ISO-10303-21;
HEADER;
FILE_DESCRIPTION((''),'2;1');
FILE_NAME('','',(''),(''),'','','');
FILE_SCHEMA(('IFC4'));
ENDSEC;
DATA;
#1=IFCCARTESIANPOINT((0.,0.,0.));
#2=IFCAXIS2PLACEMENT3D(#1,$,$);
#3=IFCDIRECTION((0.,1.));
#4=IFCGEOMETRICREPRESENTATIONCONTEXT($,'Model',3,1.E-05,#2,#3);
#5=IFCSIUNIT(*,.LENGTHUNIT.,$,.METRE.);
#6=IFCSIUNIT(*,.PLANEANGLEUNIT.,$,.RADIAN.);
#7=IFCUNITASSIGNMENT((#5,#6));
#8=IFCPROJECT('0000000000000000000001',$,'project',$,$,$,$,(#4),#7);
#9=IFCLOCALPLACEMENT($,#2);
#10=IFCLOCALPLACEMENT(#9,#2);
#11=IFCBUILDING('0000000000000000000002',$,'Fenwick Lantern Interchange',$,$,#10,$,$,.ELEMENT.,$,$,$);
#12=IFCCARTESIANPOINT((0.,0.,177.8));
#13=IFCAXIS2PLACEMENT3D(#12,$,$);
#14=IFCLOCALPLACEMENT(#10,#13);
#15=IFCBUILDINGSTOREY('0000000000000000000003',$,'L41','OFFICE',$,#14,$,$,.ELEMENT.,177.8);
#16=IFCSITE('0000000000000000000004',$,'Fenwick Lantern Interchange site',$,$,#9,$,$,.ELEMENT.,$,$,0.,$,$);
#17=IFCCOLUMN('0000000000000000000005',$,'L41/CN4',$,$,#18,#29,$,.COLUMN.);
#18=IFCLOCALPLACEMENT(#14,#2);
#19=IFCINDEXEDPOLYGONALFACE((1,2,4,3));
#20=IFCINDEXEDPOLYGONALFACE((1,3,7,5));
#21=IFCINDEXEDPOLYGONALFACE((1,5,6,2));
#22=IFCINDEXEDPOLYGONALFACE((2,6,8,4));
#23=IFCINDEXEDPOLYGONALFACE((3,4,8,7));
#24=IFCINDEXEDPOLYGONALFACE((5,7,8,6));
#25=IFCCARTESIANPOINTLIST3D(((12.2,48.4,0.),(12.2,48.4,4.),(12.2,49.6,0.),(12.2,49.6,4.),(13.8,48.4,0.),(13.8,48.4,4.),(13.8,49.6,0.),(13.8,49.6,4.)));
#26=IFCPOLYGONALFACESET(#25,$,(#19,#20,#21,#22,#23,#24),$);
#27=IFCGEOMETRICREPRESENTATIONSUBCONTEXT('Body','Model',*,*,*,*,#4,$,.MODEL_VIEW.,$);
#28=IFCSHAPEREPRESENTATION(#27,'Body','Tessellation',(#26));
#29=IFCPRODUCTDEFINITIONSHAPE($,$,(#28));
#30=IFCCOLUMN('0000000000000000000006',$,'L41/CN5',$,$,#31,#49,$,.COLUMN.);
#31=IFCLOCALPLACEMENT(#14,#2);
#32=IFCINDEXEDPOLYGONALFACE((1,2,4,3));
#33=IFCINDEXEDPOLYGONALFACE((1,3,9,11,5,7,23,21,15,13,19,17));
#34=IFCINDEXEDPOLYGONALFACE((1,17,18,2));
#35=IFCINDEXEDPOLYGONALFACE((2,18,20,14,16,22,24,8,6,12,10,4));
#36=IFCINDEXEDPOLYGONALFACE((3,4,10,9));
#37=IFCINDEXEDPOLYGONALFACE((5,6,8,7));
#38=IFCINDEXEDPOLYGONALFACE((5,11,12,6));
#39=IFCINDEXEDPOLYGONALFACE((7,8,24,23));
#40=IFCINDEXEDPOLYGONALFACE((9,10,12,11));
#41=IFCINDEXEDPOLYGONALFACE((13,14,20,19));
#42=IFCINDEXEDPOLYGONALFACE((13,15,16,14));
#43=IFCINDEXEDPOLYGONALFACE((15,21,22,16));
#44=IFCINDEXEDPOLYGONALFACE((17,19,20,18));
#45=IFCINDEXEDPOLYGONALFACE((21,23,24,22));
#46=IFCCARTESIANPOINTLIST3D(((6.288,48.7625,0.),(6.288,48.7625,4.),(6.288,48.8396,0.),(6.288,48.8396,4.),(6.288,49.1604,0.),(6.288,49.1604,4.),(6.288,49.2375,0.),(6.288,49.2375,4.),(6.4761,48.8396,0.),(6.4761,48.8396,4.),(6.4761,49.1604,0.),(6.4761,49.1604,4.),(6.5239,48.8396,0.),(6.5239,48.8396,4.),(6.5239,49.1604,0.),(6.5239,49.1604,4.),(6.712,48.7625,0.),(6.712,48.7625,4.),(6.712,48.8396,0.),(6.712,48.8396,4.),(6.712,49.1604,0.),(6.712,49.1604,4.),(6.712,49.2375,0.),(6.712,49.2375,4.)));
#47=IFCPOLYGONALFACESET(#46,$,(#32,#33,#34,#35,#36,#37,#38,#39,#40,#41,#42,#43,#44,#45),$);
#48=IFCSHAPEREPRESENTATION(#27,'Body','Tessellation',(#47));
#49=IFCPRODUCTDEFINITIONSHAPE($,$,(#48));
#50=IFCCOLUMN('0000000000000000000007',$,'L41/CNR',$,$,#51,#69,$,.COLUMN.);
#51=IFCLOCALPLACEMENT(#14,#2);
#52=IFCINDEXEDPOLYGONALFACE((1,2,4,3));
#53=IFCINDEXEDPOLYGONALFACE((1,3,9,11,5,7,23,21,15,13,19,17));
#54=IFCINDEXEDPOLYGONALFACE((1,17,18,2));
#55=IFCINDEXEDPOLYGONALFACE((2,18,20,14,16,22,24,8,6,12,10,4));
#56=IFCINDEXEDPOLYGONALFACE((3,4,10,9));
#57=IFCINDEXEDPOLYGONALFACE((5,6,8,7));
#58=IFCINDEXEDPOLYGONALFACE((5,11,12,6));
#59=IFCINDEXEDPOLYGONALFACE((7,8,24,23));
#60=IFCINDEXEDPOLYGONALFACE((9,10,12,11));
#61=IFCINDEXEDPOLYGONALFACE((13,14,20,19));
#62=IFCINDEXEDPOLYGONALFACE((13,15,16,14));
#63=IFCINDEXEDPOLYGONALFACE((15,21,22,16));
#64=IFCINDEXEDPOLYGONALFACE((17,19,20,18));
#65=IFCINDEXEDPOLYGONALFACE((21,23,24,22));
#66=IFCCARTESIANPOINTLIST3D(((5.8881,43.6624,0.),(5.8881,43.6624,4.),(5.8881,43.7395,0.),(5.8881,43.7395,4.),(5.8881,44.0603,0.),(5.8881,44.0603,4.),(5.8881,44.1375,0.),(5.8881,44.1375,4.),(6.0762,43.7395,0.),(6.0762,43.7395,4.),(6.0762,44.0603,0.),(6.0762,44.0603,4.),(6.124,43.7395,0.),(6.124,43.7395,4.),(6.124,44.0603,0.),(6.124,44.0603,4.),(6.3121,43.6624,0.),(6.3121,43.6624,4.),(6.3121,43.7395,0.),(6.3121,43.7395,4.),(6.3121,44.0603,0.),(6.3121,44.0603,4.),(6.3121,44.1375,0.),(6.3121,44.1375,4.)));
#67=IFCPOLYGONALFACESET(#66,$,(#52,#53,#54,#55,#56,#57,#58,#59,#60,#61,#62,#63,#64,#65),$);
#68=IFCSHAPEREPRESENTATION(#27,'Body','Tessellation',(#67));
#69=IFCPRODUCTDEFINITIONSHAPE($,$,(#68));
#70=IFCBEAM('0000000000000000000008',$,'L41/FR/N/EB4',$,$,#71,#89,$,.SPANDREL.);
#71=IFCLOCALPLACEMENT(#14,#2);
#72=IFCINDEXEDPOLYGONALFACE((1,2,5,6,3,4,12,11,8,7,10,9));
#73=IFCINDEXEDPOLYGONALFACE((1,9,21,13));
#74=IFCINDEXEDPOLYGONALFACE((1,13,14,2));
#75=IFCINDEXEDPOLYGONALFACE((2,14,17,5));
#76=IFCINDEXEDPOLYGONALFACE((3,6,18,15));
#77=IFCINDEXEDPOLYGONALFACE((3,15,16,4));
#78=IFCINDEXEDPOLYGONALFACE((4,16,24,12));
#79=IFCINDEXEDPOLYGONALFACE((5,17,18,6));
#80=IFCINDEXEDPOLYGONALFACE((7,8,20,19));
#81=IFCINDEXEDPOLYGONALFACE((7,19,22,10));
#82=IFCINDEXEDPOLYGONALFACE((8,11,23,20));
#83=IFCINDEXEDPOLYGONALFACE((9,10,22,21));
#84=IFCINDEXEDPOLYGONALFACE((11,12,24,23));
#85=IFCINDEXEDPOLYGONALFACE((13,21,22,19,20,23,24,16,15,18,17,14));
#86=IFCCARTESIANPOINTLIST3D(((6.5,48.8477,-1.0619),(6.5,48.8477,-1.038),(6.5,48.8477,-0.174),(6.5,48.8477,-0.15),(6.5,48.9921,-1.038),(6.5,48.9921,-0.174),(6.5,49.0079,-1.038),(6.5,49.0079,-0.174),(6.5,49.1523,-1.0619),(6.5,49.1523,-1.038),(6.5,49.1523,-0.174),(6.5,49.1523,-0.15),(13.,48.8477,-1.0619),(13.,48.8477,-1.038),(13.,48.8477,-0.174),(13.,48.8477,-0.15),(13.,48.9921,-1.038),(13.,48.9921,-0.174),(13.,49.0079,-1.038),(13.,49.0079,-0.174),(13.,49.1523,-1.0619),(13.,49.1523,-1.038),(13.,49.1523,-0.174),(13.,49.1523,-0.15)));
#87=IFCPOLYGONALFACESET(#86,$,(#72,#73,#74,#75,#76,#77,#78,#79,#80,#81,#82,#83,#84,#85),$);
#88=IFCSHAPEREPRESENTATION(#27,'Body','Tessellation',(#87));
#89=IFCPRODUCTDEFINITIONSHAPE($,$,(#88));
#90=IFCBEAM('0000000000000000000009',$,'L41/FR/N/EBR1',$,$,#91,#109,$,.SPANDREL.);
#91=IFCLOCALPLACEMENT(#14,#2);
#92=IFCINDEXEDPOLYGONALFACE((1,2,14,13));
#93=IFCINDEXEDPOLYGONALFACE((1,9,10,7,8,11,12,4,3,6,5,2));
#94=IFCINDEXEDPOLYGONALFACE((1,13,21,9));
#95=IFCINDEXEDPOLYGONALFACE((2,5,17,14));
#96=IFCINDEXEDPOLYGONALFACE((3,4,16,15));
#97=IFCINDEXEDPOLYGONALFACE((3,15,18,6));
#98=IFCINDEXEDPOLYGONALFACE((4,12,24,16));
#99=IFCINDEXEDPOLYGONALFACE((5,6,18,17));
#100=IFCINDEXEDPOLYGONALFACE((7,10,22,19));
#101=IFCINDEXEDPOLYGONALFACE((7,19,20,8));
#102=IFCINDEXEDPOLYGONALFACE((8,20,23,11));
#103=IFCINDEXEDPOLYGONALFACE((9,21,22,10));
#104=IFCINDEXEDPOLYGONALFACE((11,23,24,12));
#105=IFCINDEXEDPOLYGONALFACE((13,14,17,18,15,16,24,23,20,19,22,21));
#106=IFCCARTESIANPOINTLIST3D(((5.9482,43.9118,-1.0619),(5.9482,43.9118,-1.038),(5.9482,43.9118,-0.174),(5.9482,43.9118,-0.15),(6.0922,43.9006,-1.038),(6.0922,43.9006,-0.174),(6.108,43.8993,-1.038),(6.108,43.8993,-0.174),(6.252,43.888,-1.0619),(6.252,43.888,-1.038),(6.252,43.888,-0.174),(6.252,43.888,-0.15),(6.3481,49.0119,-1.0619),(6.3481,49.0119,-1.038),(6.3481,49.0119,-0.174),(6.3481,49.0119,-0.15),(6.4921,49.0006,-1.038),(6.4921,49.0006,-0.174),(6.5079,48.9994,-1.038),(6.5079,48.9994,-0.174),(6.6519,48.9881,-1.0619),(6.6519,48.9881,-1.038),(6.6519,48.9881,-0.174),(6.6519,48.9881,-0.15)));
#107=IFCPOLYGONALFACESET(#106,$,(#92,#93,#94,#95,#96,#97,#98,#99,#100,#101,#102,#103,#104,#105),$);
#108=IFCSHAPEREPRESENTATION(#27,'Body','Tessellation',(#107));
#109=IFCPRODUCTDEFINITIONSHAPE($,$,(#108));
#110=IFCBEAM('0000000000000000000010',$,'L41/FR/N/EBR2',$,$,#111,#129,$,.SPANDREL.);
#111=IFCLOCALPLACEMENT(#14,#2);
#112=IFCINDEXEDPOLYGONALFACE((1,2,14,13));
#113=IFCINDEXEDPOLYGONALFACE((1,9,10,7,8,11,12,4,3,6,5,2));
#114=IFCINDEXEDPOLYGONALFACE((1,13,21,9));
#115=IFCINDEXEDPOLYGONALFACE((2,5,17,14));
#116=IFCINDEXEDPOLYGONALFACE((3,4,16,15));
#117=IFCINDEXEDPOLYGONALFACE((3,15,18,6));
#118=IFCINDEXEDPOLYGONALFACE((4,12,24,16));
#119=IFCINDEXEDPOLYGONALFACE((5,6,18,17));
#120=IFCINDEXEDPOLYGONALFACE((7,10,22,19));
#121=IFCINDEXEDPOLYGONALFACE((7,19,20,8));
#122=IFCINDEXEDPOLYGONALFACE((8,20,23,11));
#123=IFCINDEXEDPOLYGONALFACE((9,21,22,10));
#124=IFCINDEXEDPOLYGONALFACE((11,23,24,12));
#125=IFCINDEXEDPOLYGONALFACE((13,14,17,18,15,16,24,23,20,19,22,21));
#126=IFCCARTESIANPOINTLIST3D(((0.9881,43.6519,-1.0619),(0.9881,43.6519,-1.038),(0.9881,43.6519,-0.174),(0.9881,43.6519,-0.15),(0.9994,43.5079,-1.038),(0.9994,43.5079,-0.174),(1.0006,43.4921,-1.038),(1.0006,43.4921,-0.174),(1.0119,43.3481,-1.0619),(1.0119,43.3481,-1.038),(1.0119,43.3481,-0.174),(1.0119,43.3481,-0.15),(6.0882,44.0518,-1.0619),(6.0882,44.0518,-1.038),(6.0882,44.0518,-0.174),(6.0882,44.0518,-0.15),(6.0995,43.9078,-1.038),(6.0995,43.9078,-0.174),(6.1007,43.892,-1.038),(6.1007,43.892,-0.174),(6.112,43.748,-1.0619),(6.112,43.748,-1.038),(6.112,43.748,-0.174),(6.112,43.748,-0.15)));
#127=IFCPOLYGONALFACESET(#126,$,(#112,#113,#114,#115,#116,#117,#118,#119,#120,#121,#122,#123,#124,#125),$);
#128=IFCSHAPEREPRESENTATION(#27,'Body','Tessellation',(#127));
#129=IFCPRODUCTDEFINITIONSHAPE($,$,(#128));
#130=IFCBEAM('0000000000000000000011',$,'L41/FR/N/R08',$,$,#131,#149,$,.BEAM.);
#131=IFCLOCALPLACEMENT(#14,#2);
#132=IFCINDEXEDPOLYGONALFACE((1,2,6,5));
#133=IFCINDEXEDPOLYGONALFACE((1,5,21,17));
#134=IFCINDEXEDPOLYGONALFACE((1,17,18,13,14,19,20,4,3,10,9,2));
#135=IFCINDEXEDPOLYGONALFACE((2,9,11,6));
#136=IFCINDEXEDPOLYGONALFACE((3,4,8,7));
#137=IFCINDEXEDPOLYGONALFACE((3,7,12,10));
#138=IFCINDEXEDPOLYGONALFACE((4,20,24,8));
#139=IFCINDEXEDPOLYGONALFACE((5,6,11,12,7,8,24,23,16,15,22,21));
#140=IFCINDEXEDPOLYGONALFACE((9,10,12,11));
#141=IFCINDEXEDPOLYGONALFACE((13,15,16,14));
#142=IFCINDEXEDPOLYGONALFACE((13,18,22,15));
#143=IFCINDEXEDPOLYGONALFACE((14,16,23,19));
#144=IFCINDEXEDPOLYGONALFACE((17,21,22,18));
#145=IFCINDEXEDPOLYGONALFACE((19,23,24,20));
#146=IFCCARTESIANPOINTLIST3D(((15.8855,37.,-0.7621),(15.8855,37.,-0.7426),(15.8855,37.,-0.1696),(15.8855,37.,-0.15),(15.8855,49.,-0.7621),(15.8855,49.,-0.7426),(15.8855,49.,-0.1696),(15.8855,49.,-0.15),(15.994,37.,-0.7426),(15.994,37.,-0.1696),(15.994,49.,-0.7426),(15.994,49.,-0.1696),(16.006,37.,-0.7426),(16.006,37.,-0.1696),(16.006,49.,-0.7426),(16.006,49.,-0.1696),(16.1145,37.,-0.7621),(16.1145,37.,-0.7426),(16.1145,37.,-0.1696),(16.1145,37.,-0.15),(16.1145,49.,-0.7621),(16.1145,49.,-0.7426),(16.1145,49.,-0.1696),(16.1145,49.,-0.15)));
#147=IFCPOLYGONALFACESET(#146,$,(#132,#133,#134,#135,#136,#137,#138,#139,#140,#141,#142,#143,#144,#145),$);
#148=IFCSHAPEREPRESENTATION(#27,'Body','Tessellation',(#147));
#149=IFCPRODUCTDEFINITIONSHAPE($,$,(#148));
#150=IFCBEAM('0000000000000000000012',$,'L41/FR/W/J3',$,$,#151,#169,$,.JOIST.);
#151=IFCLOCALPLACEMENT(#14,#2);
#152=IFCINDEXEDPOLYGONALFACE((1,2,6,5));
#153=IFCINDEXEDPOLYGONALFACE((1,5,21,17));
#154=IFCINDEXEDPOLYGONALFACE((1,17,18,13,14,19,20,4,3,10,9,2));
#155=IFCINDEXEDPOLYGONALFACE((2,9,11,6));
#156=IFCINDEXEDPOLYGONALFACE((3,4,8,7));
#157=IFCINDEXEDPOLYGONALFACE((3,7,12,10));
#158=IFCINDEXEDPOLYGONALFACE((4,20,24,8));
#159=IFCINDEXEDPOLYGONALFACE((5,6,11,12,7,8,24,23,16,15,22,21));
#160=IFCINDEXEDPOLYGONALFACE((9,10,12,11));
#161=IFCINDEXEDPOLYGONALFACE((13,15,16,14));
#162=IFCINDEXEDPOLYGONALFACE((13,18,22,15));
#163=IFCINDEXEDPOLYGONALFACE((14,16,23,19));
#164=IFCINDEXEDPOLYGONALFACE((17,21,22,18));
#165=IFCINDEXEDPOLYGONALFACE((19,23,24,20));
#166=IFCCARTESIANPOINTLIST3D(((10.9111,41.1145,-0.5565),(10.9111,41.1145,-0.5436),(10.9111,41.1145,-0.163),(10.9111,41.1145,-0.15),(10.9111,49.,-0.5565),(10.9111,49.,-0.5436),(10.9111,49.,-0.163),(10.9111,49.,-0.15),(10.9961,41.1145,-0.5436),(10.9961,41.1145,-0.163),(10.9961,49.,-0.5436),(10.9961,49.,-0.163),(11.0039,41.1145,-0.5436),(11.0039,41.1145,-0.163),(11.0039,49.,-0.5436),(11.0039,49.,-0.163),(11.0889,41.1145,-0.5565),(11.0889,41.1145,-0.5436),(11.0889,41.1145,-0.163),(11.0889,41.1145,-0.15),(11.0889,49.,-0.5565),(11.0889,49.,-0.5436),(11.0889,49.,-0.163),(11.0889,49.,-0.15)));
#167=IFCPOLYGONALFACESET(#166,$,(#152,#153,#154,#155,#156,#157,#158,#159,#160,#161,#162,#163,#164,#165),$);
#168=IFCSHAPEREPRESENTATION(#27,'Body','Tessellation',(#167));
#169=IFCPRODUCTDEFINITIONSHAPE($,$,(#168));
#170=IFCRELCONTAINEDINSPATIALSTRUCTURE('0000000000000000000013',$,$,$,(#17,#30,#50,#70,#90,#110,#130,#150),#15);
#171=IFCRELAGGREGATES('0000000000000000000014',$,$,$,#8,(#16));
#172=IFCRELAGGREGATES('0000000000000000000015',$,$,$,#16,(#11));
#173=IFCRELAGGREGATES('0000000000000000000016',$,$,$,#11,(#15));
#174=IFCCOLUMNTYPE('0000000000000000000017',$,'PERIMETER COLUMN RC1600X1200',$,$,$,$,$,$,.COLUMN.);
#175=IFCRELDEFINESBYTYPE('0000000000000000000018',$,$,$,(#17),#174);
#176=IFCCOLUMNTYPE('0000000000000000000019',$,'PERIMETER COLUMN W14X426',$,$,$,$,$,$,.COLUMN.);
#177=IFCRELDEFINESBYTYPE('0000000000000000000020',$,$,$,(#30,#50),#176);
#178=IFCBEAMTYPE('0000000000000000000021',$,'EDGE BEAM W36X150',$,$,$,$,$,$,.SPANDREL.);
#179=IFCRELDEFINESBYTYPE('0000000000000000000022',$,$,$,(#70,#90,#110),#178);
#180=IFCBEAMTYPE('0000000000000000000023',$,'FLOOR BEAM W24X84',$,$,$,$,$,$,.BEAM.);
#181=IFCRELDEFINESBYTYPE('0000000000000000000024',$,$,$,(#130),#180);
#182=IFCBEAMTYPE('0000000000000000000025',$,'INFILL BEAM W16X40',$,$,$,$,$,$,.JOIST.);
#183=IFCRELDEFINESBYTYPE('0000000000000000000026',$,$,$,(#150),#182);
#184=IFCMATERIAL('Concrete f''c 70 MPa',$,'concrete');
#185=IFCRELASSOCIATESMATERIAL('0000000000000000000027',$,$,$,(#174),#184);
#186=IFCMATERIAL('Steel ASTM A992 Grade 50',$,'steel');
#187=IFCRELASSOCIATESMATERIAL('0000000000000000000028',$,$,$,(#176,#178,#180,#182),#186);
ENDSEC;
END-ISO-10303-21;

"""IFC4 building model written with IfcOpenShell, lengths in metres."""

from ifc_helpers import new_model, si_unit, direction, frame, origin, origin_2d, place, context, subcontext, project, spatial, rectangle, i_section, extrude, material, material_profile, profile_set, type_object, element, save


model = new_model("IFC4")

# Units and contexts
model_context = context("Model", 3, precision=1e-05, world=origin(), true_north=direction((0.0, 1.0)))
body_context = subcontext(model_context, "Body", "Model", "MODEL_VIEW")
ifc_project = project(units=[si_unit("LENGTHUNIT", "METRE"), si_unit("PLANEANGLEUNIT", "RADIAN")], contexts=[model_context])

# Site, building, storey
site_placement = place(None, origin())
site = spatial("IfcSite", under=ifc_project, at=site_placement, Name="Fenwick Lantern Interchange site", CompositionType="ELEMENT", RefElevation=0.0)
building_placement = place(site_placement, origin())
building = spatial("IfcBuilding", under=site, at=building_placement, Name="Fenwick Lantern Interchange", CompositionType="ELEMENT")
storey_placement = place(building_placement, frame((0.0, 0.0, 177.8)))
storey = spatial("IfcBuildingStorey", under=building, at=storey_placement, Name="L41", Description="OFFICE", CompositionType="ELEMENT", Elevation=177.8)

# Columns
ifc_material_1 = material(Name="Concrete f'c 70 MPa", Category="concrete")
ifc_material_profile_1 = material_profile(ifc_material_1, rectangle(XDim=1.6001, YDim=1.2, at=origin_2d()), Name="RC1600X1200")
ifc_profile_set_1 = profile_set([ifc_material_profile_1], Name="Concrete f'c 70 MPa")
column_type_1 = type_object("IfcColumnType", Name="PERIMETER COLUMN RC1600X1200", PredefinedType="COLUMN", material=ifc_profile_set_1)
column_placement = place(storey_placement, frame((13.0, 49.0, 0.0), z_axis=(0.0, 0.0, 1.0), x_axis=(1.0, 0.0, 0.0)))
element("IfcColumn", 1, at=column_placement, inside=storey, type_object=column_type_1, Name="L41/CN4", PredefinedType="COLUMN", context=body_context, shape_type="SweptSolid", body=[
    extrude(rectangle(XDim=1.6001, YDim=1.2, at=origin_2d()), origin(), (0.0, 0.0, 1.0), 4.0),
])
ifc_material_2 = material(Name="Steel ASTM A992 Grade 50", Category="steel")
ifc_material_profile_2 = material_profile(ifc_material_2, i_section(OverallWidth=0.4241, OverallDepth=0.4751, WebThickness=0.0479, FlangeThickness=0.0771, at=origin_2d()), Name="W14X426")
ifc_profile_set_2 = profile_set([ifc_material_profile_2], Name="Steel ASTM A992 Grade 50")
column_type_2 = type_object("IfcColumnType", Name="PERIMETER COLUMN W14X426", PredefinedType="COLUMN", material=ifc_profile_set_2)
for number, where, z_axis, x_axis, name in (
    (2, (6.5, 49.0, 0.0), (0.0, 0.0, 1.0), (1.0, 0.0, 0.0), "L41/CN5"),
    (3, (6.1001, 43.8999, 0.0), (0.0, 0.0, 1.0), (1.0, 0.0, 0.0), "L41/CNR"),
):
    element("IfcColumn", number, at=place(storey_placement, frame(where, z_axis=z_axis, x_axis=x_axis)), inside=storey, type_object=column_type_2, Name=name, PredefinedType="COLUMN", context=body_context, shape_type="SweptSolid", body=[
        extrude(i_section(OverallWidth=0.4241, OverallDepth=0.4751, WebThickness=0.0479, FlangeThickness=0.0771, at=origin_2d()), origin(), (0.0, 0.0, 1.0), 4.0),
    ])

# Beams
ifc_material_profile_3 = material_profile(ifc_material_2, i_section(OverallWidth=0.3047, OverallDepth=0.9119, WebThickness=0.0159, FlangeThickness=0.0239, at=origin_2d()), Name="W36X150")
ifc_profile_set_3 = profile_set([ifc_material_profile_3], Name="Steel ASTM A992 Grade 50")
beam_type_1 = type_object("IfcBeamType", Name="EDGE BEAM W36X150", PredefinedType="SPANDREL", material=ifc_profile_set_3)
beam_1_placement = place(storey_placement, frame((13.0, 49.0, -0.606), z_axis=(-1.0, 0.0, 0.0), x_axis=(0.0, -1.0, 0.0)))
element("IfcBeam", 4, at=beam_1_placement, inside=storey, type_object=beam_type_1, Name="L41/FR/N/EB4", PredefinedType="SPANDREL", context=body_context, shape_type="SweptSolid", body=[
    extrude(i_section(OverallWidth=0.3047, OverallDepth=0.9119, WebThickness=0.0159, FlangeThickness=0.0239, at=origin_2d()), origin(), (0.0, 0.0, 1.0), 6.5),
])
for number, where, z_axis, x_axis, name in (
    (5, (6.5, 49.0, -0.606), (-0.078171, -0.99694, 0.0), (0.99694, -0.078171, 0.0), "L41/FR/N/EBR1"),
    (6, (6.1001, 43.8999, -0.606), (-0.99694, -0.078171, 0.0), (0.078171, -0.99694, 0.0), "L41/FR/N/EBR2"),
):
    element("IfcBeam", number, at=place(storey_placement, frame(where, z_axis=z_axis, x_axis=x_axis)), inside=storey, type_object=beam_type_1, Name=name, PredefinedType="SPANDREL", context=body_context, shape_type="SweptSolid", body=[
        extrude(i_section(OverallWidth=0.3047, OverallDepth=0.9119, WebThickness=0.0159, FlangeThickness=0.0239, at=origin_2d()), origin(), (0.0, 0.0, 1.0), 5.1157),
    ])
ifc_material_profile_4 = material_profile(ifc_material_2, i_section(OverallWidth=0.229, OverallDepth=0.6121, WebThickness=0.012, FlangeThickness=0.0195, at=origin_2d()), Name="W24X84")
ifc_profile_set_4 = profile_set([ifc_material_profile_4], Name="Steel ASTM A992 Grade 50")
beam_type_2 = type_object("IfcBeamType", Name="FLOOR BEAM W24X84", PredefinedType="BEAM", material=ifc_profile_set_4)
beam_2_placement = place(storey_placement, frame((16.0, 49.0, -0.4561), z_axis=(0.0, -1.0, 0.0), x_axis=(1.0, 0.0, 0.0)))
element("IfcBeam", 7, at=beam_2_placement, inside=storey, type_object=beam_type_2, Name="L41/FR/N/R08", PredefinedType="BEAM", context=body_context, shape_type="SweptSolid", body=[
    extrude(i_section(OverallWidth=0.229, OverallDepth=0.6121, WebThickness=0.012, FlangeThickness=0.0195, at=origin_2d()), origin(), (0.0, 0.0, 1.0), 12.0),
])
ifc_material_profile_5 = material_profile(ifc_material_2, i_section(OverallWidth=0.1777, OverallDepth=0.4065, WebThickness=0.0078, FlangeThickness=0.0129, at=origin_2d()), Name="W16X40")
ifc_profile_set_5 = profile_set([ifc_material_profile_5], Name="Steel ASTM A992 Grade 50")
beam_type_3 = type_object("IfcBeamType", Name="INFILL BEAM W16X40", PredefinedType="JOIST", material=ifc_profile_set_5)
beam_3_placement = place(storey_placement, frame((11.0, 49.0, -0.3533), z_axis=(0.0, -1.0, 0.0), x_axis=(1.0, 0.0, 0.0)))
element("IfcBeam", 8, at=beam_3_placement, inside=storey, type_object=beam_type_3, Name="L41/FR/W/J3", PredefinedType="JOIST", context=body_context, shape_type="SweptSolid", body=[
    extrude(i_section(OverallWidth=0.1777, OverallDepth=0.4065, WebThickness=0.0078, FlangeThickness=0.0129, at=origin_2d()), origin(), (0.0, 0.0, 1.0), 7.8855),
])

save(model, "model.ifc")
